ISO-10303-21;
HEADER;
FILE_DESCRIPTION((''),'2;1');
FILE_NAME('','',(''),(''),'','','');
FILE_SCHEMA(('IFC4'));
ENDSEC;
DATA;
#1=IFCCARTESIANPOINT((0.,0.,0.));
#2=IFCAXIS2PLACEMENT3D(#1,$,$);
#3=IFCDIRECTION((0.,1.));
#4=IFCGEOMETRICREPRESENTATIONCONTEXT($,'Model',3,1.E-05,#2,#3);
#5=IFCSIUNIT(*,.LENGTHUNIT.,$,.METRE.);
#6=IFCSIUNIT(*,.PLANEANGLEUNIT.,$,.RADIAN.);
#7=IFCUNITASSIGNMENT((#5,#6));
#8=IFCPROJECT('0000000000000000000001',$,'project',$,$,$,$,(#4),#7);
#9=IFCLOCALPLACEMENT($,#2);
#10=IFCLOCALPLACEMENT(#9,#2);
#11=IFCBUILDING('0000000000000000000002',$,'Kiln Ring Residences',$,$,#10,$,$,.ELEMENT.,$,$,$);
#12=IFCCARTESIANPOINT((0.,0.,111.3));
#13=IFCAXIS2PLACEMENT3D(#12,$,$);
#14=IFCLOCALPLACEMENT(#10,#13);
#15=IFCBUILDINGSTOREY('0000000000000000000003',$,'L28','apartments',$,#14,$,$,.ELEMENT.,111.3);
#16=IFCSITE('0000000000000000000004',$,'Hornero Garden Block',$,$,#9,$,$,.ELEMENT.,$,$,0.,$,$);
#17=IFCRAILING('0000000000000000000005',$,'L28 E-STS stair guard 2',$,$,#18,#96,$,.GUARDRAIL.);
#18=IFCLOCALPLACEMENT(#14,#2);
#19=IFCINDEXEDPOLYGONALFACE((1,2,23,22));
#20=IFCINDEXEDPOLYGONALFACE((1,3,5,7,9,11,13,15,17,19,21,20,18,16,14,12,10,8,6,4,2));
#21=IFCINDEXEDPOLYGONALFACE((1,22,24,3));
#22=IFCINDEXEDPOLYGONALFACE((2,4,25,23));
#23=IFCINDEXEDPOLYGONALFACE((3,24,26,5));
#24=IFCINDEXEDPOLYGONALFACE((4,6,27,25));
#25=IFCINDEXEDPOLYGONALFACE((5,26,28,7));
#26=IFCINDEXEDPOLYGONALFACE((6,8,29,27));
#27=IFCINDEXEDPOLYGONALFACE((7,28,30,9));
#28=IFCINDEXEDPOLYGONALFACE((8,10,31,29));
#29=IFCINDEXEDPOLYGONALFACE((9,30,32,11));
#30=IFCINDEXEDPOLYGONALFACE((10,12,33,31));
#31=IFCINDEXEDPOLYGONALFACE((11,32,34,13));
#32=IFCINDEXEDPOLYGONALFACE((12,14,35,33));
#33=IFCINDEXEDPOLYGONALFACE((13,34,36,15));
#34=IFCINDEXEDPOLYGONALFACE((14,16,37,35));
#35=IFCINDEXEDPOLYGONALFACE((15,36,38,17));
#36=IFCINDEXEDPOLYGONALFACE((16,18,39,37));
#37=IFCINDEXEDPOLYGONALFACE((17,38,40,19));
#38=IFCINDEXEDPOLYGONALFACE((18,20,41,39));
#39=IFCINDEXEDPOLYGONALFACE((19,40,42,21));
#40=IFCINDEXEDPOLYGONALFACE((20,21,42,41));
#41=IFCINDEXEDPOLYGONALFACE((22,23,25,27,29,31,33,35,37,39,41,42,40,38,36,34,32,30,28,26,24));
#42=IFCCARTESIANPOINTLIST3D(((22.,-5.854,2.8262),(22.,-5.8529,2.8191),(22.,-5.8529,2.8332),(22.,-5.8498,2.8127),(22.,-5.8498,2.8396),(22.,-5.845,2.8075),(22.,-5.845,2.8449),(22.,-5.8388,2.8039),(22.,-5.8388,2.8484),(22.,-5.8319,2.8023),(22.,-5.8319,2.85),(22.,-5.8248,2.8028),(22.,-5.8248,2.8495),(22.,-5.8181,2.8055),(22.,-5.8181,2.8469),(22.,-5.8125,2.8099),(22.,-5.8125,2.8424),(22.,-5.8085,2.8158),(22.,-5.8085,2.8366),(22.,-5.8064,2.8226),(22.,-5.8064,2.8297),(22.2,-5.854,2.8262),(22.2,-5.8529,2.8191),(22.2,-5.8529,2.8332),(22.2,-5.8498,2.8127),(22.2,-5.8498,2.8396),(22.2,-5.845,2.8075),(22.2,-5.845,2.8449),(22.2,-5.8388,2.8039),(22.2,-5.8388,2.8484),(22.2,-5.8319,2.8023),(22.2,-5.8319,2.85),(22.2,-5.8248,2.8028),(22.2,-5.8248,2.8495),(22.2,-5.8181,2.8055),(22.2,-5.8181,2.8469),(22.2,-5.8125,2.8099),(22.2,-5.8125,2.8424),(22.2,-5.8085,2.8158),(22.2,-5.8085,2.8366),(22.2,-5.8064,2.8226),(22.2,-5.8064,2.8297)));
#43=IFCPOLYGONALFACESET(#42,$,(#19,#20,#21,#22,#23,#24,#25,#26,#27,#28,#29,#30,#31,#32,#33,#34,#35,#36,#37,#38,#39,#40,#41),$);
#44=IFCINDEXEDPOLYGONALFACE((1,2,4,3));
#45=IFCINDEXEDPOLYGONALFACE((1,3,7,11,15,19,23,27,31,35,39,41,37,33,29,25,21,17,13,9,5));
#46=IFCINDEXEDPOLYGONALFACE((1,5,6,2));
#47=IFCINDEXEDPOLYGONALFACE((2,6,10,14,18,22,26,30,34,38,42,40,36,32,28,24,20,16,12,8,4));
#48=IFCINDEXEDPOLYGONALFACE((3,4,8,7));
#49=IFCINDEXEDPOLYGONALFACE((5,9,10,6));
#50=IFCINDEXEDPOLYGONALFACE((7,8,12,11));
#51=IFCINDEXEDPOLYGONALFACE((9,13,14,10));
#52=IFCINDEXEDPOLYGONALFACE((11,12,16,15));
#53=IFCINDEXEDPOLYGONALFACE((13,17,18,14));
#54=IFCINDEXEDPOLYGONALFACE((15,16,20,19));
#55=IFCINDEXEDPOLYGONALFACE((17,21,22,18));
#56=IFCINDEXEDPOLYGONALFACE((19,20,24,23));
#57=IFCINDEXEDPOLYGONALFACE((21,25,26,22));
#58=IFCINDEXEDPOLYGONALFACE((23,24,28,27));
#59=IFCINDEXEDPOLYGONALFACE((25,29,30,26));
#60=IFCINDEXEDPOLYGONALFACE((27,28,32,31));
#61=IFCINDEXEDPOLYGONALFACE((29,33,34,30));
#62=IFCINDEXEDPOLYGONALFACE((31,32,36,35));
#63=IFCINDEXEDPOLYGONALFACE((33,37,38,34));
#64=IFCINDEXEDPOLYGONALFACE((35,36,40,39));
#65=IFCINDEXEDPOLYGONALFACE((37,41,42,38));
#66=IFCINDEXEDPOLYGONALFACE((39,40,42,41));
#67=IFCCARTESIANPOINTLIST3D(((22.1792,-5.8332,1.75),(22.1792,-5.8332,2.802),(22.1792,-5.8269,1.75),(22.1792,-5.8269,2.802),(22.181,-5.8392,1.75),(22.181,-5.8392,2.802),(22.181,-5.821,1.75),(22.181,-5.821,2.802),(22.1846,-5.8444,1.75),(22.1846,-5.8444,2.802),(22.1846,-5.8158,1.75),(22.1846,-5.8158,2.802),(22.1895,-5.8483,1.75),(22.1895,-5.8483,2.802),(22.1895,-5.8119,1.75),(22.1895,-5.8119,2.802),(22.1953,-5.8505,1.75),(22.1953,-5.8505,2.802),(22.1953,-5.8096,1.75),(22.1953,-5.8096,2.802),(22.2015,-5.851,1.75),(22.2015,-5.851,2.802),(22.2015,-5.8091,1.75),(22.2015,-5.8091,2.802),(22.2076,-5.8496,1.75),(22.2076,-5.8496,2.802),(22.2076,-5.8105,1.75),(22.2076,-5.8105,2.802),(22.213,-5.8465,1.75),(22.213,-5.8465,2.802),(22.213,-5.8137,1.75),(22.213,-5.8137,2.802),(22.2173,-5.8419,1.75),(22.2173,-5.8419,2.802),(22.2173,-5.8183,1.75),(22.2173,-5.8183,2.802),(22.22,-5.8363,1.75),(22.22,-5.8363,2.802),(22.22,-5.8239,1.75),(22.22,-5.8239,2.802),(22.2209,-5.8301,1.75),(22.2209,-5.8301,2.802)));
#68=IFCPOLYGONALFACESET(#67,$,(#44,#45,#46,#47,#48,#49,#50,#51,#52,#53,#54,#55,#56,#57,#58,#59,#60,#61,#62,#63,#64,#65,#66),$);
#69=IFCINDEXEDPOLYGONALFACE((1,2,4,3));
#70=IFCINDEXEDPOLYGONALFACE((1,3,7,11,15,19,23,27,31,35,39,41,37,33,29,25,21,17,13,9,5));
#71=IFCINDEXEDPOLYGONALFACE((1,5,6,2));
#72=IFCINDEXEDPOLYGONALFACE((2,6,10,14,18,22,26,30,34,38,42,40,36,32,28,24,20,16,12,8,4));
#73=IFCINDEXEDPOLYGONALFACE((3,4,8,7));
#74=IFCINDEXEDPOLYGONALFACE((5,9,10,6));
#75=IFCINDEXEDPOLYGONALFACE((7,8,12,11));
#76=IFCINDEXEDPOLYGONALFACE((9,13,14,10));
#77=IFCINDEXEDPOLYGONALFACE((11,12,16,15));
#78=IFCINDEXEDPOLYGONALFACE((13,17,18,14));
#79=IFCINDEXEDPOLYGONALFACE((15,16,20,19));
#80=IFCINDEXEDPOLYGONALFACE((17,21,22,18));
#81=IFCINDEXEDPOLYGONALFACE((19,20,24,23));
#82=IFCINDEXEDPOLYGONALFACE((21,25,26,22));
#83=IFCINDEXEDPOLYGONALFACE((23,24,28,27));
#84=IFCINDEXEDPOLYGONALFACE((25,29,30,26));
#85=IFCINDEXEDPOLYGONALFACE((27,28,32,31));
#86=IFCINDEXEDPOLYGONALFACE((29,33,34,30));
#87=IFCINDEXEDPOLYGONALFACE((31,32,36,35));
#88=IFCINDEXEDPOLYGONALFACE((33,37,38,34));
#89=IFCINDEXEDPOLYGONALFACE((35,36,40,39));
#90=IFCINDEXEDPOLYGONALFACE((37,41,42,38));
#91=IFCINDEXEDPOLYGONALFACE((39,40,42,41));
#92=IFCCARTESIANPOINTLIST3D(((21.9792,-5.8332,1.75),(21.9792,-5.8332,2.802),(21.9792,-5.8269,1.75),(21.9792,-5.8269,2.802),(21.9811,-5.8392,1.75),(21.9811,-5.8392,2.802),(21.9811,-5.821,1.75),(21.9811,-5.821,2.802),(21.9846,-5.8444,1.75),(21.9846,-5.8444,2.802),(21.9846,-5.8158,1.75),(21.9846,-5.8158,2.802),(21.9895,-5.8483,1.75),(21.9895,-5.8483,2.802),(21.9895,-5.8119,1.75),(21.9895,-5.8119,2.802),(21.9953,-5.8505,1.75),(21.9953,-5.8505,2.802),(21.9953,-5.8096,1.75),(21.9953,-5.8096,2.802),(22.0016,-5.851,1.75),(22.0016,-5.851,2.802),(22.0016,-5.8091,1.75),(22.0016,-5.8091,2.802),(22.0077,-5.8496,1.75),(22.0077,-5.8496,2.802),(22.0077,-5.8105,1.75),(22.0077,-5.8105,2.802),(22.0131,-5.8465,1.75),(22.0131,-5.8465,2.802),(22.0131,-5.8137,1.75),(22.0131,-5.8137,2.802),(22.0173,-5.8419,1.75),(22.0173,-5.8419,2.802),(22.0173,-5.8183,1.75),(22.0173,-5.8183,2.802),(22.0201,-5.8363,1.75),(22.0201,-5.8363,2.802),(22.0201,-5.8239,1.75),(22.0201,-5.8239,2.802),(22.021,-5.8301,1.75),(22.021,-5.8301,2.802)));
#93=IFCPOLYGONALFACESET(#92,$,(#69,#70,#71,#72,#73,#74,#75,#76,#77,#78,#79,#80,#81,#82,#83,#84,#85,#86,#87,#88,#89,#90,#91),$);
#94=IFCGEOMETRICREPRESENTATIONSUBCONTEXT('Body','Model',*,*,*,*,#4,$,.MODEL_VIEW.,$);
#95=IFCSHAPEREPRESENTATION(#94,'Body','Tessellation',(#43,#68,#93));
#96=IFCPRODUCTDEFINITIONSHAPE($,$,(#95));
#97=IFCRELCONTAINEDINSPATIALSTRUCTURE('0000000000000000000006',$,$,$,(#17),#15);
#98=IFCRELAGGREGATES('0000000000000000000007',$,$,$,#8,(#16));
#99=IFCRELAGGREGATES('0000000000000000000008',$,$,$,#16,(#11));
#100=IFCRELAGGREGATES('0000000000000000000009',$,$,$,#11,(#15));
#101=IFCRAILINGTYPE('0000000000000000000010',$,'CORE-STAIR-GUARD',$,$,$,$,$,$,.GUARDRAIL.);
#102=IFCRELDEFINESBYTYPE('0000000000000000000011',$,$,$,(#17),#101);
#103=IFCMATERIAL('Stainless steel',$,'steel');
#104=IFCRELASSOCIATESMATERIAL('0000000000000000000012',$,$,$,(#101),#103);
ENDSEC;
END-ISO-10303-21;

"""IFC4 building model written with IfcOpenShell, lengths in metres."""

from ifc_helpers import new_model, si_unit, direction, frame, origin, origin_2d, place, context, subcontext, project, spatial, circle, extrude, material, type_object, element, save


model = new_model("IFC4")

# Units and contexts
model_context = context("Model", 3, precision=1e-05, world=origin(), true_north=direction((0.0, 1.0)))
body_context = subcontext(model_context, "Body", "Model", "MODEL_VIEW")
ifc_project = project(units=[si_unit("LENGTHUNIT", "METRE"), si_unit("PLANEANGLEUNIT", "RADIAN")], contexts=[model_context])

# Site, building, storey
site_placement = place(None, origin())
site = spatial("IfcSite", under=ifc_project, at=site_placement, Name="Hornero Garden Block", CompositionType="ELEMENT", RefElevation=0.0)
building_placement = place(site_placement, origin())
building = spatial("IfcBuilding", under=site, at=building_placement, Name="Kiln Ring Residences", CompositionType="ELEMENT")
storey_placement = place(building_placement, frame((0.0, 0.0, 111.3)))
storey = spatial("IfcBuildingStorey", under=building, at=storey_placement, Name="L28", Description="apartments", CompositionType="ELEMENT", Elevation=111.3)

# Railing
ifc_material_1 = material(Name="Stainless steel", Category="steel")
railing_type_1 = type_object("IfcRailingType", Name="CORE-STAIR-GUARD", PredefinedType="GUARDRAIL", material=ifc_material_1)
railing_1_placement = place(storey_placement, frame((22.2, -5.8301, 1.75)))
element("IfcRailing", 1, at=railing_1_placement, inside=storey, type_object=railing_type_1, Name="L28 E-STS stair guard 2", PredefinedType="GUARDRAIL", context=body_context, shape_type="SweptSolid", body=[
    extrude(circle(Radius=0.0239, at=origin_2d()), frame((0.0, 0.0, 1.0762), z_axis=(-1.0, 0.0, 0.0), x_axis=(0.0, -1.0, 0.0)), (0.0, 0.0, 1.0), 0.2),
    extrude(circle(Radius=0.021, at=origin_2d()), origin(), (0.0, 0.0, 1.0), 1.052),
    extrude(circle(Radius=0.021, at=origin_2d()), frame((-0.2, 0.0, 0.0)), (0.0, 0.0, 1.0), 1.052),
])

save(model, "model.ifc")
